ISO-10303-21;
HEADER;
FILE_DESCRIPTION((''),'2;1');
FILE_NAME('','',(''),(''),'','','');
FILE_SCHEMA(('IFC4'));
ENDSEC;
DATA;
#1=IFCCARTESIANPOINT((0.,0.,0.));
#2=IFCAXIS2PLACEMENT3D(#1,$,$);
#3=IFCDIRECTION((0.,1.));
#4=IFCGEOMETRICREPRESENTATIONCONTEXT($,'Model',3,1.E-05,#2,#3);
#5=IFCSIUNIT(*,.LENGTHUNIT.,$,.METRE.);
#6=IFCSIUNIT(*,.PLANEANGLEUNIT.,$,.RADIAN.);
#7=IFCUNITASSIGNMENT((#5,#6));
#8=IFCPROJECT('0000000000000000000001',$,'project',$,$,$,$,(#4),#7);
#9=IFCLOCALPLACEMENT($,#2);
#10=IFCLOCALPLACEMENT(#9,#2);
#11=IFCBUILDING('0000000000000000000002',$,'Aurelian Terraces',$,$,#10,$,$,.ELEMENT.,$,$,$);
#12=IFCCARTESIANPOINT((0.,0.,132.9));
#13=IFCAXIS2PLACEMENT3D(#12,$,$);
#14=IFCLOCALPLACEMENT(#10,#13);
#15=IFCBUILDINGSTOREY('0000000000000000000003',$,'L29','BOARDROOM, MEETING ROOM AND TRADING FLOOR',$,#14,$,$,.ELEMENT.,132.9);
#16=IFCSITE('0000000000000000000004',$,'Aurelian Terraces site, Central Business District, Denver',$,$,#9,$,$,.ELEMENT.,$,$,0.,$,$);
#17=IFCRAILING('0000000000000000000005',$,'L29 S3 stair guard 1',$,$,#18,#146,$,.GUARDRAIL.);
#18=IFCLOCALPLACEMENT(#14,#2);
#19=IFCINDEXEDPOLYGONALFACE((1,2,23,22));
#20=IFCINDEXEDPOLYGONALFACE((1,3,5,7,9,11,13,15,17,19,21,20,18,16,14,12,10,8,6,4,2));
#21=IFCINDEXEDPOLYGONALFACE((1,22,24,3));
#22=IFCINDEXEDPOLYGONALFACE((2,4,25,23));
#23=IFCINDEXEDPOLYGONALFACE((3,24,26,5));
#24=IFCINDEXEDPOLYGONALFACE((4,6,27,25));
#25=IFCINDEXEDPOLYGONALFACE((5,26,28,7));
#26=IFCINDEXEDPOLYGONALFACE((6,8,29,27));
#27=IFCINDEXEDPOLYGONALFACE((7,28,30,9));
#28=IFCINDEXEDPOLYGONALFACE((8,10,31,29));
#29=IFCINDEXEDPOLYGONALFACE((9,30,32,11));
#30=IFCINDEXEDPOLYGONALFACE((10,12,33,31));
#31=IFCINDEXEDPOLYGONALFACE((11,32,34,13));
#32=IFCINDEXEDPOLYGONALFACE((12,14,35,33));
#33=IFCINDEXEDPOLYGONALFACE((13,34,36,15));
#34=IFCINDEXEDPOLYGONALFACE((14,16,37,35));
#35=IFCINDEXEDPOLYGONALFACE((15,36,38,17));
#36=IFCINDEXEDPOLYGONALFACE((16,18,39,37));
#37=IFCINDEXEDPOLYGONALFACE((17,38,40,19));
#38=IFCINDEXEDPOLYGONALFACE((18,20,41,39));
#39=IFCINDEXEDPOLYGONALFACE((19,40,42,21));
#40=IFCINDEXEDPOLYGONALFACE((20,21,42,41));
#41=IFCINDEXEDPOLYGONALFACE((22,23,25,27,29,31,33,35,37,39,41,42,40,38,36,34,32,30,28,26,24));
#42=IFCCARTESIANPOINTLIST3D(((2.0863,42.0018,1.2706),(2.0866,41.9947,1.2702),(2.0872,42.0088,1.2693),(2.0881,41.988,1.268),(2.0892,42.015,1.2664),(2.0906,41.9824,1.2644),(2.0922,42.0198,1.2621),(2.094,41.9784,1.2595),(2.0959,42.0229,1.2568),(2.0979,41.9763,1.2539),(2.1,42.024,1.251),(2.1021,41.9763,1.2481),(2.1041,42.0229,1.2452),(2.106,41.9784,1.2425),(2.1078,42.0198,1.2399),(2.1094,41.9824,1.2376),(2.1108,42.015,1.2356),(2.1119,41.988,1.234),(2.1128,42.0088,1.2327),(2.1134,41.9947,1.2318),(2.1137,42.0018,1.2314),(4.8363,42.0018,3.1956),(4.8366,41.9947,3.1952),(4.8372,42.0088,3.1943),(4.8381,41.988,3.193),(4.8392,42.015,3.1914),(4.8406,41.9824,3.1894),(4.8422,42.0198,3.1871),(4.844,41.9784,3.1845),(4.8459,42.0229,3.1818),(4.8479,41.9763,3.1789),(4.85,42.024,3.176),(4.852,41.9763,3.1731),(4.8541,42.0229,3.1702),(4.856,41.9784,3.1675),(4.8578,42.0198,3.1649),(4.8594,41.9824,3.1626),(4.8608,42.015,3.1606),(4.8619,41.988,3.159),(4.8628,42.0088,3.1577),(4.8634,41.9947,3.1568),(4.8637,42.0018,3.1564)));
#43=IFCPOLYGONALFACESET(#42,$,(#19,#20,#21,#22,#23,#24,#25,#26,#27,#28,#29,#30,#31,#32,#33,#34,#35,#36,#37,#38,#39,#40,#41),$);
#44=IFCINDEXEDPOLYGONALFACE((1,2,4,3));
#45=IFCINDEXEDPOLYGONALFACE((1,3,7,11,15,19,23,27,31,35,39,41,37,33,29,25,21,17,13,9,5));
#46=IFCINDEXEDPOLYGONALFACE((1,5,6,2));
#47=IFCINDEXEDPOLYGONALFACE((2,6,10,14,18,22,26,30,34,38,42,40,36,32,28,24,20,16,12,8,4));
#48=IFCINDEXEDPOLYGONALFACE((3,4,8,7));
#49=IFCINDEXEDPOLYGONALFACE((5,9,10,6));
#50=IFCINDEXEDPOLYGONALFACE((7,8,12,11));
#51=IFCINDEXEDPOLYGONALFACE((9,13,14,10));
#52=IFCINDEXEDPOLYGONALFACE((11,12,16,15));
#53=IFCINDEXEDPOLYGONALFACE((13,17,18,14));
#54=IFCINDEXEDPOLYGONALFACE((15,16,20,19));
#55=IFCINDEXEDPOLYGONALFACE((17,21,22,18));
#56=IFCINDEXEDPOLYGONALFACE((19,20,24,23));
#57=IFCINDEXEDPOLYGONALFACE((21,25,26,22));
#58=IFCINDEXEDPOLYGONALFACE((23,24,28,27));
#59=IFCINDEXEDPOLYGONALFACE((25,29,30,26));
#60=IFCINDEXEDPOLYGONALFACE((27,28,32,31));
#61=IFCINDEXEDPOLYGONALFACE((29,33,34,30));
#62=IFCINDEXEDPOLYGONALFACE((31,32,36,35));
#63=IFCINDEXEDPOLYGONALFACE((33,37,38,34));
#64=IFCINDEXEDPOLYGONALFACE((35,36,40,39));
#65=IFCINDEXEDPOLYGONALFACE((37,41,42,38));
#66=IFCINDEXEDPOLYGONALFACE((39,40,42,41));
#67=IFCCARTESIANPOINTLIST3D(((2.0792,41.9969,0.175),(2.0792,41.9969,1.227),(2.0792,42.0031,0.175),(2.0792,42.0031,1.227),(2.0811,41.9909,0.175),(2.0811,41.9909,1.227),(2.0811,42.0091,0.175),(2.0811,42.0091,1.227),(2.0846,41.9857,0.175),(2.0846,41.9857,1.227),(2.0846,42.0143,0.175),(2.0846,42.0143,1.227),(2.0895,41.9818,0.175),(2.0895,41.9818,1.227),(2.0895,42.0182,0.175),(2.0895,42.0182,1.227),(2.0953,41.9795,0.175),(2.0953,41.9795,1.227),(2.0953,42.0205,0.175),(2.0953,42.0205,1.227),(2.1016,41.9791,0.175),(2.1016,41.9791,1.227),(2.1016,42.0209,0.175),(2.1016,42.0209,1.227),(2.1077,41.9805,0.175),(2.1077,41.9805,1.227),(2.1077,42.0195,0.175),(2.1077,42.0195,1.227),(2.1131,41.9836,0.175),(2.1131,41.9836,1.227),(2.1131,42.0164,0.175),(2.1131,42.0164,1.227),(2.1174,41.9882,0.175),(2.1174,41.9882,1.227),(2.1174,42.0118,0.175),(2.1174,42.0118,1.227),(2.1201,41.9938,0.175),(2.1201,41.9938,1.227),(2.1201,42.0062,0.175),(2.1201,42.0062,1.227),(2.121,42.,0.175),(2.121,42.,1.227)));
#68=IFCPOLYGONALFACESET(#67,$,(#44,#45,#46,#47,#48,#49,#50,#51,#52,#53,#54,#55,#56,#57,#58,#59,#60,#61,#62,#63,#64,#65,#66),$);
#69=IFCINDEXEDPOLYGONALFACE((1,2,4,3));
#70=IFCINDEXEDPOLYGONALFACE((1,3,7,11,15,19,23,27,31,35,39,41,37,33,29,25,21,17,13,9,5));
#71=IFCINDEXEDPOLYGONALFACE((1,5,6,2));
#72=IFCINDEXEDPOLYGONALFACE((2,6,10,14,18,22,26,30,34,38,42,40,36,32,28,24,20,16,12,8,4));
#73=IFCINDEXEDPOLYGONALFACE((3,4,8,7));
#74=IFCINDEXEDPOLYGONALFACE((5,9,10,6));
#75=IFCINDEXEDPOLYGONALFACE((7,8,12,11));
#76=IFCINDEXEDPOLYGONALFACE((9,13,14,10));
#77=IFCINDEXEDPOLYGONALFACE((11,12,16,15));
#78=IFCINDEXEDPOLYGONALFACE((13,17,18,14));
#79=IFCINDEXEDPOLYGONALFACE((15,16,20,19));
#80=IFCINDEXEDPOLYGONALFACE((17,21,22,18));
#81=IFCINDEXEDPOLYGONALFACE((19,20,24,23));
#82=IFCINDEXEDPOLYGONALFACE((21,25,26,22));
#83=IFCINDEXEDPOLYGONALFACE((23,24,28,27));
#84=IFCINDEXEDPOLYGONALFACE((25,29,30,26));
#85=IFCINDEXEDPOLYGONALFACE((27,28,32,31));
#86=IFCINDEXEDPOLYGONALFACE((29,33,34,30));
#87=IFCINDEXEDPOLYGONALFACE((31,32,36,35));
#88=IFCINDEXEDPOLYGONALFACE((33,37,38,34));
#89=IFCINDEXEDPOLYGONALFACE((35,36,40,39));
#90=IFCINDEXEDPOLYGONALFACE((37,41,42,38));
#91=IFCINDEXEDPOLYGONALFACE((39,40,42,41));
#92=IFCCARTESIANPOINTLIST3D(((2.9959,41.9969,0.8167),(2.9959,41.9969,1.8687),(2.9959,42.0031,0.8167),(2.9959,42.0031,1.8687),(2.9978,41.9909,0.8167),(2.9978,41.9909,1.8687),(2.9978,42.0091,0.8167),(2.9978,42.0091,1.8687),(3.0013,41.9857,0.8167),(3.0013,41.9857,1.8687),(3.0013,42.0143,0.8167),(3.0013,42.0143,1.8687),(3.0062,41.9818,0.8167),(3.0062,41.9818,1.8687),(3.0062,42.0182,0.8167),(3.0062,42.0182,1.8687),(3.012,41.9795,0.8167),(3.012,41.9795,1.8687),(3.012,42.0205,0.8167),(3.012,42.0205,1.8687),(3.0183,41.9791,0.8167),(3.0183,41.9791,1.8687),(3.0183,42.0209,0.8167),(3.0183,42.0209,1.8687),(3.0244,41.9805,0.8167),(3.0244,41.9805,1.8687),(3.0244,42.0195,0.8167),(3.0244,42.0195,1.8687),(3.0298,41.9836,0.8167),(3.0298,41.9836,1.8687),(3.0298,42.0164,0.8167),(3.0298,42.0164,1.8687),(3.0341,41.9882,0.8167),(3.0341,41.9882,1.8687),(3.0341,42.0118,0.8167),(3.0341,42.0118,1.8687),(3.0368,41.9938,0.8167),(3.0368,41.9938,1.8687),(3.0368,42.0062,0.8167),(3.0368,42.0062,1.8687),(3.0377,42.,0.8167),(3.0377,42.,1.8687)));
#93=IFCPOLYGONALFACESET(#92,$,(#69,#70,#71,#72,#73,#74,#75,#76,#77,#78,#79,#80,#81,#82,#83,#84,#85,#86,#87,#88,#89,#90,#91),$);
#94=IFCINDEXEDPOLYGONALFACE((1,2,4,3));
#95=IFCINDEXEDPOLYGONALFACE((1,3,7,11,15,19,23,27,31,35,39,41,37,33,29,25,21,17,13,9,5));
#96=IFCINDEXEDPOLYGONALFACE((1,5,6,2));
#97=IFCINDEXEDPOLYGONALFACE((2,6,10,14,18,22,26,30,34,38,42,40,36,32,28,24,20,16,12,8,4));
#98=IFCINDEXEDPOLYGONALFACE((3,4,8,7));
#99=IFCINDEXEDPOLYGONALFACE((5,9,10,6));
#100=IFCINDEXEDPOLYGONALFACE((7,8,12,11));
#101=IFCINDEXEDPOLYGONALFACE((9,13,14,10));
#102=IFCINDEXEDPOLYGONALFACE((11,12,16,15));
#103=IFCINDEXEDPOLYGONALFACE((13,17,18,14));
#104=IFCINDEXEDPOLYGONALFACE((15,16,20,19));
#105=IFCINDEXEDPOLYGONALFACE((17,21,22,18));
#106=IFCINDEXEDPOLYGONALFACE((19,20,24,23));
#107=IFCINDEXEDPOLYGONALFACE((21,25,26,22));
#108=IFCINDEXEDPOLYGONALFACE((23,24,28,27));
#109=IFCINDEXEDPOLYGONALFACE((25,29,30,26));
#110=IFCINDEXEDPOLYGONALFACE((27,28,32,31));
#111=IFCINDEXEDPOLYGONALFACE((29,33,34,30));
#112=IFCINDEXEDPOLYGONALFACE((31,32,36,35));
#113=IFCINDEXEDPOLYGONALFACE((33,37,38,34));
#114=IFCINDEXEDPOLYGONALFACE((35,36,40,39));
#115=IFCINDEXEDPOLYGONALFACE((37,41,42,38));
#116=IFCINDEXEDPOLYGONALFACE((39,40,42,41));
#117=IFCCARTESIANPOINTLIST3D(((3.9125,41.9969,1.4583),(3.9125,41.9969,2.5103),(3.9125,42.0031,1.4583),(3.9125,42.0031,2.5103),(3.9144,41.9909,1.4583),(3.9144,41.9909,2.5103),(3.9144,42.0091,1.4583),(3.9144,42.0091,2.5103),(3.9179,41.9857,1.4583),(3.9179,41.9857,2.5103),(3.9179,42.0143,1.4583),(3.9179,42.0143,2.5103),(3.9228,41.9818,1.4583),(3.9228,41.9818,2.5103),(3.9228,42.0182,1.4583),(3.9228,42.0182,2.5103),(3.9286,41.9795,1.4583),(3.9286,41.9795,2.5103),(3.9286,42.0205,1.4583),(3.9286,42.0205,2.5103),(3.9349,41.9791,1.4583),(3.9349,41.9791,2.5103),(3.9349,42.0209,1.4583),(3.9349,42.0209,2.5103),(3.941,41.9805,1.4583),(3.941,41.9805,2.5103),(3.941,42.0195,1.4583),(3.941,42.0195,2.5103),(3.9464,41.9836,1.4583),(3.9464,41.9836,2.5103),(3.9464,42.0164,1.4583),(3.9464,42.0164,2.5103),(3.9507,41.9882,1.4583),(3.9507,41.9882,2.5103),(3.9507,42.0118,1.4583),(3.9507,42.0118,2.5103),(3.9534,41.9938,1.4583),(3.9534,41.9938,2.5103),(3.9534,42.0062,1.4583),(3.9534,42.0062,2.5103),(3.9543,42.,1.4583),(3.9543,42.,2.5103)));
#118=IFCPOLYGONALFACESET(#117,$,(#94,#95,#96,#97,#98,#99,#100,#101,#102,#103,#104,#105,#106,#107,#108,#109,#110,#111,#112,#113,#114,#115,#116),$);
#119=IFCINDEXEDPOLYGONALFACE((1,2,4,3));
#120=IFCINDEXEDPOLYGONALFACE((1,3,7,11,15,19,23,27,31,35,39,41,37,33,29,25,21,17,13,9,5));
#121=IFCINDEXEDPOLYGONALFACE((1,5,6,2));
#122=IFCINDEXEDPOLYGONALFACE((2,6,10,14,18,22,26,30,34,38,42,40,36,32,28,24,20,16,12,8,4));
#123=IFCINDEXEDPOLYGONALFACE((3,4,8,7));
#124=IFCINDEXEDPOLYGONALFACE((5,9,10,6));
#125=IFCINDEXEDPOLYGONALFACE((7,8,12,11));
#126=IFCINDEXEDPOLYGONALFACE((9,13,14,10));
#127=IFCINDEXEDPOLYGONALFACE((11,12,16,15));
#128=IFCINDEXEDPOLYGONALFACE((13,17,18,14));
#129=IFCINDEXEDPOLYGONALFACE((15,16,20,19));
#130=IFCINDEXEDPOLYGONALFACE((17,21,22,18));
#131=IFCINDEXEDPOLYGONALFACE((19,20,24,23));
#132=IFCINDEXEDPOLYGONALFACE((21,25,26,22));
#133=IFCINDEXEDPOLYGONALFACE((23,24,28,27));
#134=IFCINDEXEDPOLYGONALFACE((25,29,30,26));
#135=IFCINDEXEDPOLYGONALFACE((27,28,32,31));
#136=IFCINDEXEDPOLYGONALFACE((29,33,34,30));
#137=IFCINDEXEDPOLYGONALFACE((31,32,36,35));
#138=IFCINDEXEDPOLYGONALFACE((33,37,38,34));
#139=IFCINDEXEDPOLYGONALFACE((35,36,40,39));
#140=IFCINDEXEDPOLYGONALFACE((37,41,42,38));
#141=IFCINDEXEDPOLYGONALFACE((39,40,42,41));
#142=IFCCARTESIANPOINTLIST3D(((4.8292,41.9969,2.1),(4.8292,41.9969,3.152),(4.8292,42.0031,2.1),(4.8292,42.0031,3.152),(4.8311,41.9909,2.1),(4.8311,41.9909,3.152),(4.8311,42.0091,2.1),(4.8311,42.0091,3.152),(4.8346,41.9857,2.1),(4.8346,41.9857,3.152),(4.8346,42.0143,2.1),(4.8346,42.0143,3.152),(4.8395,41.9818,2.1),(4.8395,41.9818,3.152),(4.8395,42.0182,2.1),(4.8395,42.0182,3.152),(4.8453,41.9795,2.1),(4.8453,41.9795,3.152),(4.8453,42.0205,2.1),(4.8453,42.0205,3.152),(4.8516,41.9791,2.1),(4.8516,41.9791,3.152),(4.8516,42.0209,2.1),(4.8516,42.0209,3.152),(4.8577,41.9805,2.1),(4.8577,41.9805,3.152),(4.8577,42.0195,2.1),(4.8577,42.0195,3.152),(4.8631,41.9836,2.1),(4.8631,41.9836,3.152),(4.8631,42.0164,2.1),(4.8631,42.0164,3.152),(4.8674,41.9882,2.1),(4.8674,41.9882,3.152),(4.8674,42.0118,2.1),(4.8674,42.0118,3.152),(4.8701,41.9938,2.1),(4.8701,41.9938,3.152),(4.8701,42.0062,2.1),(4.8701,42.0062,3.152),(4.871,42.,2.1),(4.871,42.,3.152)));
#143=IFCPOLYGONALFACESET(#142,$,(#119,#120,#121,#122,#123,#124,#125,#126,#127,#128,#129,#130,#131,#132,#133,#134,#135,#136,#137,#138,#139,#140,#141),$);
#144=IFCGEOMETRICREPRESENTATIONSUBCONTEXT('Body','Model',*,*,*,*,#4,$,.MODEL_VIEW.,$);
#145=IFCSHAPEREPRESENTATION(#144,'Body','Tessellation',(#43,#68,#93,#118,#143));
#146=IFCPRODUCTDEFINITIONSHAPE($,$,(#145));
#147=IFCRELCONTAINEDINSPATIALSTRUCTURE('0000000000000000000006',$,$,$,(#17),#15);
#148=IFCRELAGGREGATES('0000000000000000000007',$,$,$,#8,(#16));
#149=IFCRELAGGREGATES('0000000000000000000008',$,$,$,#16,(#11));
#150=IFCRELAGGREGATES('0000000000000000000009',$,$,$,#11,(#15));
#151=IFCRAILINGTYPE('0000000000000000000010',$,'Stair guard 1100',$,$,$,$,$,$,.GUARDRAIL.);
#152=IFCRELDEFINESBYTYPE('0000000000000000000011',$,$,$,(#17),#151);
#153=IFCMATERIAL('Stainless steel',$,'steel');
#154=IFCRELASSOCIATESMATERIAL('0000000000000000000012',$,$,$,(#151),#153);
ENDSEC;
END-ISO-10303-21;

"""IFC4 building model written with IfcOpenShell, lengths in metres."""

from ifc_helpers import new_model, si_unit, direction, frame, origin, origin_2d, place, context, subcontext, project, spatial, circle, extrude, source, transform, mapped, material, type_object, element, save


model = new_model("IFC4")

# Units and contexts
model_context = context("Model", 3, precision=1e-05, world=origin(), true_north=direction((0.0, 1.0)))
body_context = subcontext(model_context, "Body", "Model", "MODEL_VIEW")
ifc_project = project(units=[si_unit("LENGTHUNIT", "METRE"), si_unit("PLANEANGLEUNIT", "RADIAN")], contexts=[model_context])

# Site, building, storey
site_placement = place(None, origin())
site = spatial("IfcSite", under=ifc_project, at=site_placement, Name="Aurelian Terraces site, Central Business District, Denver", CompositionType="ELEMENT", RefElevation=0.0)
building_placement = place(site_placement, origin())
building = spatial("IfcBuilding", under=site, at=building_placement, Name="Aurelian Terraces", CompositionType="ELEMENT")
storey_placement = place(building_placement, frame((0.0, 0.0, 132.9)))
storey = spatial("IfcBuildingStorey", under=building, at=storey_placement, Name="L29", Description="BOARDROOM, MEETING ROOM AND TRADING FLOOR", CompositionType="ELEMENT", Elevation=132.9)

# Railing
ifc_material_1 = material(Name="Stainless steel", Category="steel")
railing_type_1 = type_object("IfcRailingType", Name="Stair guard 1100", PredefinedType="GUARDRAIL", material=ifc_material_1)
shared_shape_1 = source(origin(), body_context, "Body", "SweptSolid", [
    extrude(circle(Radius=0.024, at=origin_2d()), frame((0.0, 0.0, 1.076), z_axis=(0.819232, 0.0, 0.573462), x_axis=(0.0, 1.0, 0.0)), (0.0, 0.0, 1.0), 3.3568),
    extrude(circle(Radius=0.021, at=origin_2d()), origin(), (0.0, 0.0, 1.0), 1.052),
    extrude(circle(Radius=0.021, at=origin_2d()), frame((0.9167, 0.0, 0.6417)), (0.0, 0.0, 1.0), 1.052),
    extrude(circle(Radius=0.021, at=origin_2d()), frame((1.8333, 0.0, 1.2833)), (0.0, 0.0, 1.0), 1.052),
    extrude(circle(Radius=0.021, at=origin_2d()), frame((2.75, 0.0, 1.925)), (0.0, 0.0, 1.0), 1.052),
])
railing_1_placement = place(storey_placement, frame((2.1, 42.0, 0.175)))
element("IfcRailing", 1, at=railing_1_placement, inside=storey, type_object=railing_type_1, Name="L29 S3 stair guard 1", PredefinedType="GUARDRAIL", context=body_context, shape_type="MappedRepresentation", body=[
    mapped(shared_shape_1, transform((0.0, 0.0, 0.0), scale=1.0)),
])

save(model, "model.ifc")
